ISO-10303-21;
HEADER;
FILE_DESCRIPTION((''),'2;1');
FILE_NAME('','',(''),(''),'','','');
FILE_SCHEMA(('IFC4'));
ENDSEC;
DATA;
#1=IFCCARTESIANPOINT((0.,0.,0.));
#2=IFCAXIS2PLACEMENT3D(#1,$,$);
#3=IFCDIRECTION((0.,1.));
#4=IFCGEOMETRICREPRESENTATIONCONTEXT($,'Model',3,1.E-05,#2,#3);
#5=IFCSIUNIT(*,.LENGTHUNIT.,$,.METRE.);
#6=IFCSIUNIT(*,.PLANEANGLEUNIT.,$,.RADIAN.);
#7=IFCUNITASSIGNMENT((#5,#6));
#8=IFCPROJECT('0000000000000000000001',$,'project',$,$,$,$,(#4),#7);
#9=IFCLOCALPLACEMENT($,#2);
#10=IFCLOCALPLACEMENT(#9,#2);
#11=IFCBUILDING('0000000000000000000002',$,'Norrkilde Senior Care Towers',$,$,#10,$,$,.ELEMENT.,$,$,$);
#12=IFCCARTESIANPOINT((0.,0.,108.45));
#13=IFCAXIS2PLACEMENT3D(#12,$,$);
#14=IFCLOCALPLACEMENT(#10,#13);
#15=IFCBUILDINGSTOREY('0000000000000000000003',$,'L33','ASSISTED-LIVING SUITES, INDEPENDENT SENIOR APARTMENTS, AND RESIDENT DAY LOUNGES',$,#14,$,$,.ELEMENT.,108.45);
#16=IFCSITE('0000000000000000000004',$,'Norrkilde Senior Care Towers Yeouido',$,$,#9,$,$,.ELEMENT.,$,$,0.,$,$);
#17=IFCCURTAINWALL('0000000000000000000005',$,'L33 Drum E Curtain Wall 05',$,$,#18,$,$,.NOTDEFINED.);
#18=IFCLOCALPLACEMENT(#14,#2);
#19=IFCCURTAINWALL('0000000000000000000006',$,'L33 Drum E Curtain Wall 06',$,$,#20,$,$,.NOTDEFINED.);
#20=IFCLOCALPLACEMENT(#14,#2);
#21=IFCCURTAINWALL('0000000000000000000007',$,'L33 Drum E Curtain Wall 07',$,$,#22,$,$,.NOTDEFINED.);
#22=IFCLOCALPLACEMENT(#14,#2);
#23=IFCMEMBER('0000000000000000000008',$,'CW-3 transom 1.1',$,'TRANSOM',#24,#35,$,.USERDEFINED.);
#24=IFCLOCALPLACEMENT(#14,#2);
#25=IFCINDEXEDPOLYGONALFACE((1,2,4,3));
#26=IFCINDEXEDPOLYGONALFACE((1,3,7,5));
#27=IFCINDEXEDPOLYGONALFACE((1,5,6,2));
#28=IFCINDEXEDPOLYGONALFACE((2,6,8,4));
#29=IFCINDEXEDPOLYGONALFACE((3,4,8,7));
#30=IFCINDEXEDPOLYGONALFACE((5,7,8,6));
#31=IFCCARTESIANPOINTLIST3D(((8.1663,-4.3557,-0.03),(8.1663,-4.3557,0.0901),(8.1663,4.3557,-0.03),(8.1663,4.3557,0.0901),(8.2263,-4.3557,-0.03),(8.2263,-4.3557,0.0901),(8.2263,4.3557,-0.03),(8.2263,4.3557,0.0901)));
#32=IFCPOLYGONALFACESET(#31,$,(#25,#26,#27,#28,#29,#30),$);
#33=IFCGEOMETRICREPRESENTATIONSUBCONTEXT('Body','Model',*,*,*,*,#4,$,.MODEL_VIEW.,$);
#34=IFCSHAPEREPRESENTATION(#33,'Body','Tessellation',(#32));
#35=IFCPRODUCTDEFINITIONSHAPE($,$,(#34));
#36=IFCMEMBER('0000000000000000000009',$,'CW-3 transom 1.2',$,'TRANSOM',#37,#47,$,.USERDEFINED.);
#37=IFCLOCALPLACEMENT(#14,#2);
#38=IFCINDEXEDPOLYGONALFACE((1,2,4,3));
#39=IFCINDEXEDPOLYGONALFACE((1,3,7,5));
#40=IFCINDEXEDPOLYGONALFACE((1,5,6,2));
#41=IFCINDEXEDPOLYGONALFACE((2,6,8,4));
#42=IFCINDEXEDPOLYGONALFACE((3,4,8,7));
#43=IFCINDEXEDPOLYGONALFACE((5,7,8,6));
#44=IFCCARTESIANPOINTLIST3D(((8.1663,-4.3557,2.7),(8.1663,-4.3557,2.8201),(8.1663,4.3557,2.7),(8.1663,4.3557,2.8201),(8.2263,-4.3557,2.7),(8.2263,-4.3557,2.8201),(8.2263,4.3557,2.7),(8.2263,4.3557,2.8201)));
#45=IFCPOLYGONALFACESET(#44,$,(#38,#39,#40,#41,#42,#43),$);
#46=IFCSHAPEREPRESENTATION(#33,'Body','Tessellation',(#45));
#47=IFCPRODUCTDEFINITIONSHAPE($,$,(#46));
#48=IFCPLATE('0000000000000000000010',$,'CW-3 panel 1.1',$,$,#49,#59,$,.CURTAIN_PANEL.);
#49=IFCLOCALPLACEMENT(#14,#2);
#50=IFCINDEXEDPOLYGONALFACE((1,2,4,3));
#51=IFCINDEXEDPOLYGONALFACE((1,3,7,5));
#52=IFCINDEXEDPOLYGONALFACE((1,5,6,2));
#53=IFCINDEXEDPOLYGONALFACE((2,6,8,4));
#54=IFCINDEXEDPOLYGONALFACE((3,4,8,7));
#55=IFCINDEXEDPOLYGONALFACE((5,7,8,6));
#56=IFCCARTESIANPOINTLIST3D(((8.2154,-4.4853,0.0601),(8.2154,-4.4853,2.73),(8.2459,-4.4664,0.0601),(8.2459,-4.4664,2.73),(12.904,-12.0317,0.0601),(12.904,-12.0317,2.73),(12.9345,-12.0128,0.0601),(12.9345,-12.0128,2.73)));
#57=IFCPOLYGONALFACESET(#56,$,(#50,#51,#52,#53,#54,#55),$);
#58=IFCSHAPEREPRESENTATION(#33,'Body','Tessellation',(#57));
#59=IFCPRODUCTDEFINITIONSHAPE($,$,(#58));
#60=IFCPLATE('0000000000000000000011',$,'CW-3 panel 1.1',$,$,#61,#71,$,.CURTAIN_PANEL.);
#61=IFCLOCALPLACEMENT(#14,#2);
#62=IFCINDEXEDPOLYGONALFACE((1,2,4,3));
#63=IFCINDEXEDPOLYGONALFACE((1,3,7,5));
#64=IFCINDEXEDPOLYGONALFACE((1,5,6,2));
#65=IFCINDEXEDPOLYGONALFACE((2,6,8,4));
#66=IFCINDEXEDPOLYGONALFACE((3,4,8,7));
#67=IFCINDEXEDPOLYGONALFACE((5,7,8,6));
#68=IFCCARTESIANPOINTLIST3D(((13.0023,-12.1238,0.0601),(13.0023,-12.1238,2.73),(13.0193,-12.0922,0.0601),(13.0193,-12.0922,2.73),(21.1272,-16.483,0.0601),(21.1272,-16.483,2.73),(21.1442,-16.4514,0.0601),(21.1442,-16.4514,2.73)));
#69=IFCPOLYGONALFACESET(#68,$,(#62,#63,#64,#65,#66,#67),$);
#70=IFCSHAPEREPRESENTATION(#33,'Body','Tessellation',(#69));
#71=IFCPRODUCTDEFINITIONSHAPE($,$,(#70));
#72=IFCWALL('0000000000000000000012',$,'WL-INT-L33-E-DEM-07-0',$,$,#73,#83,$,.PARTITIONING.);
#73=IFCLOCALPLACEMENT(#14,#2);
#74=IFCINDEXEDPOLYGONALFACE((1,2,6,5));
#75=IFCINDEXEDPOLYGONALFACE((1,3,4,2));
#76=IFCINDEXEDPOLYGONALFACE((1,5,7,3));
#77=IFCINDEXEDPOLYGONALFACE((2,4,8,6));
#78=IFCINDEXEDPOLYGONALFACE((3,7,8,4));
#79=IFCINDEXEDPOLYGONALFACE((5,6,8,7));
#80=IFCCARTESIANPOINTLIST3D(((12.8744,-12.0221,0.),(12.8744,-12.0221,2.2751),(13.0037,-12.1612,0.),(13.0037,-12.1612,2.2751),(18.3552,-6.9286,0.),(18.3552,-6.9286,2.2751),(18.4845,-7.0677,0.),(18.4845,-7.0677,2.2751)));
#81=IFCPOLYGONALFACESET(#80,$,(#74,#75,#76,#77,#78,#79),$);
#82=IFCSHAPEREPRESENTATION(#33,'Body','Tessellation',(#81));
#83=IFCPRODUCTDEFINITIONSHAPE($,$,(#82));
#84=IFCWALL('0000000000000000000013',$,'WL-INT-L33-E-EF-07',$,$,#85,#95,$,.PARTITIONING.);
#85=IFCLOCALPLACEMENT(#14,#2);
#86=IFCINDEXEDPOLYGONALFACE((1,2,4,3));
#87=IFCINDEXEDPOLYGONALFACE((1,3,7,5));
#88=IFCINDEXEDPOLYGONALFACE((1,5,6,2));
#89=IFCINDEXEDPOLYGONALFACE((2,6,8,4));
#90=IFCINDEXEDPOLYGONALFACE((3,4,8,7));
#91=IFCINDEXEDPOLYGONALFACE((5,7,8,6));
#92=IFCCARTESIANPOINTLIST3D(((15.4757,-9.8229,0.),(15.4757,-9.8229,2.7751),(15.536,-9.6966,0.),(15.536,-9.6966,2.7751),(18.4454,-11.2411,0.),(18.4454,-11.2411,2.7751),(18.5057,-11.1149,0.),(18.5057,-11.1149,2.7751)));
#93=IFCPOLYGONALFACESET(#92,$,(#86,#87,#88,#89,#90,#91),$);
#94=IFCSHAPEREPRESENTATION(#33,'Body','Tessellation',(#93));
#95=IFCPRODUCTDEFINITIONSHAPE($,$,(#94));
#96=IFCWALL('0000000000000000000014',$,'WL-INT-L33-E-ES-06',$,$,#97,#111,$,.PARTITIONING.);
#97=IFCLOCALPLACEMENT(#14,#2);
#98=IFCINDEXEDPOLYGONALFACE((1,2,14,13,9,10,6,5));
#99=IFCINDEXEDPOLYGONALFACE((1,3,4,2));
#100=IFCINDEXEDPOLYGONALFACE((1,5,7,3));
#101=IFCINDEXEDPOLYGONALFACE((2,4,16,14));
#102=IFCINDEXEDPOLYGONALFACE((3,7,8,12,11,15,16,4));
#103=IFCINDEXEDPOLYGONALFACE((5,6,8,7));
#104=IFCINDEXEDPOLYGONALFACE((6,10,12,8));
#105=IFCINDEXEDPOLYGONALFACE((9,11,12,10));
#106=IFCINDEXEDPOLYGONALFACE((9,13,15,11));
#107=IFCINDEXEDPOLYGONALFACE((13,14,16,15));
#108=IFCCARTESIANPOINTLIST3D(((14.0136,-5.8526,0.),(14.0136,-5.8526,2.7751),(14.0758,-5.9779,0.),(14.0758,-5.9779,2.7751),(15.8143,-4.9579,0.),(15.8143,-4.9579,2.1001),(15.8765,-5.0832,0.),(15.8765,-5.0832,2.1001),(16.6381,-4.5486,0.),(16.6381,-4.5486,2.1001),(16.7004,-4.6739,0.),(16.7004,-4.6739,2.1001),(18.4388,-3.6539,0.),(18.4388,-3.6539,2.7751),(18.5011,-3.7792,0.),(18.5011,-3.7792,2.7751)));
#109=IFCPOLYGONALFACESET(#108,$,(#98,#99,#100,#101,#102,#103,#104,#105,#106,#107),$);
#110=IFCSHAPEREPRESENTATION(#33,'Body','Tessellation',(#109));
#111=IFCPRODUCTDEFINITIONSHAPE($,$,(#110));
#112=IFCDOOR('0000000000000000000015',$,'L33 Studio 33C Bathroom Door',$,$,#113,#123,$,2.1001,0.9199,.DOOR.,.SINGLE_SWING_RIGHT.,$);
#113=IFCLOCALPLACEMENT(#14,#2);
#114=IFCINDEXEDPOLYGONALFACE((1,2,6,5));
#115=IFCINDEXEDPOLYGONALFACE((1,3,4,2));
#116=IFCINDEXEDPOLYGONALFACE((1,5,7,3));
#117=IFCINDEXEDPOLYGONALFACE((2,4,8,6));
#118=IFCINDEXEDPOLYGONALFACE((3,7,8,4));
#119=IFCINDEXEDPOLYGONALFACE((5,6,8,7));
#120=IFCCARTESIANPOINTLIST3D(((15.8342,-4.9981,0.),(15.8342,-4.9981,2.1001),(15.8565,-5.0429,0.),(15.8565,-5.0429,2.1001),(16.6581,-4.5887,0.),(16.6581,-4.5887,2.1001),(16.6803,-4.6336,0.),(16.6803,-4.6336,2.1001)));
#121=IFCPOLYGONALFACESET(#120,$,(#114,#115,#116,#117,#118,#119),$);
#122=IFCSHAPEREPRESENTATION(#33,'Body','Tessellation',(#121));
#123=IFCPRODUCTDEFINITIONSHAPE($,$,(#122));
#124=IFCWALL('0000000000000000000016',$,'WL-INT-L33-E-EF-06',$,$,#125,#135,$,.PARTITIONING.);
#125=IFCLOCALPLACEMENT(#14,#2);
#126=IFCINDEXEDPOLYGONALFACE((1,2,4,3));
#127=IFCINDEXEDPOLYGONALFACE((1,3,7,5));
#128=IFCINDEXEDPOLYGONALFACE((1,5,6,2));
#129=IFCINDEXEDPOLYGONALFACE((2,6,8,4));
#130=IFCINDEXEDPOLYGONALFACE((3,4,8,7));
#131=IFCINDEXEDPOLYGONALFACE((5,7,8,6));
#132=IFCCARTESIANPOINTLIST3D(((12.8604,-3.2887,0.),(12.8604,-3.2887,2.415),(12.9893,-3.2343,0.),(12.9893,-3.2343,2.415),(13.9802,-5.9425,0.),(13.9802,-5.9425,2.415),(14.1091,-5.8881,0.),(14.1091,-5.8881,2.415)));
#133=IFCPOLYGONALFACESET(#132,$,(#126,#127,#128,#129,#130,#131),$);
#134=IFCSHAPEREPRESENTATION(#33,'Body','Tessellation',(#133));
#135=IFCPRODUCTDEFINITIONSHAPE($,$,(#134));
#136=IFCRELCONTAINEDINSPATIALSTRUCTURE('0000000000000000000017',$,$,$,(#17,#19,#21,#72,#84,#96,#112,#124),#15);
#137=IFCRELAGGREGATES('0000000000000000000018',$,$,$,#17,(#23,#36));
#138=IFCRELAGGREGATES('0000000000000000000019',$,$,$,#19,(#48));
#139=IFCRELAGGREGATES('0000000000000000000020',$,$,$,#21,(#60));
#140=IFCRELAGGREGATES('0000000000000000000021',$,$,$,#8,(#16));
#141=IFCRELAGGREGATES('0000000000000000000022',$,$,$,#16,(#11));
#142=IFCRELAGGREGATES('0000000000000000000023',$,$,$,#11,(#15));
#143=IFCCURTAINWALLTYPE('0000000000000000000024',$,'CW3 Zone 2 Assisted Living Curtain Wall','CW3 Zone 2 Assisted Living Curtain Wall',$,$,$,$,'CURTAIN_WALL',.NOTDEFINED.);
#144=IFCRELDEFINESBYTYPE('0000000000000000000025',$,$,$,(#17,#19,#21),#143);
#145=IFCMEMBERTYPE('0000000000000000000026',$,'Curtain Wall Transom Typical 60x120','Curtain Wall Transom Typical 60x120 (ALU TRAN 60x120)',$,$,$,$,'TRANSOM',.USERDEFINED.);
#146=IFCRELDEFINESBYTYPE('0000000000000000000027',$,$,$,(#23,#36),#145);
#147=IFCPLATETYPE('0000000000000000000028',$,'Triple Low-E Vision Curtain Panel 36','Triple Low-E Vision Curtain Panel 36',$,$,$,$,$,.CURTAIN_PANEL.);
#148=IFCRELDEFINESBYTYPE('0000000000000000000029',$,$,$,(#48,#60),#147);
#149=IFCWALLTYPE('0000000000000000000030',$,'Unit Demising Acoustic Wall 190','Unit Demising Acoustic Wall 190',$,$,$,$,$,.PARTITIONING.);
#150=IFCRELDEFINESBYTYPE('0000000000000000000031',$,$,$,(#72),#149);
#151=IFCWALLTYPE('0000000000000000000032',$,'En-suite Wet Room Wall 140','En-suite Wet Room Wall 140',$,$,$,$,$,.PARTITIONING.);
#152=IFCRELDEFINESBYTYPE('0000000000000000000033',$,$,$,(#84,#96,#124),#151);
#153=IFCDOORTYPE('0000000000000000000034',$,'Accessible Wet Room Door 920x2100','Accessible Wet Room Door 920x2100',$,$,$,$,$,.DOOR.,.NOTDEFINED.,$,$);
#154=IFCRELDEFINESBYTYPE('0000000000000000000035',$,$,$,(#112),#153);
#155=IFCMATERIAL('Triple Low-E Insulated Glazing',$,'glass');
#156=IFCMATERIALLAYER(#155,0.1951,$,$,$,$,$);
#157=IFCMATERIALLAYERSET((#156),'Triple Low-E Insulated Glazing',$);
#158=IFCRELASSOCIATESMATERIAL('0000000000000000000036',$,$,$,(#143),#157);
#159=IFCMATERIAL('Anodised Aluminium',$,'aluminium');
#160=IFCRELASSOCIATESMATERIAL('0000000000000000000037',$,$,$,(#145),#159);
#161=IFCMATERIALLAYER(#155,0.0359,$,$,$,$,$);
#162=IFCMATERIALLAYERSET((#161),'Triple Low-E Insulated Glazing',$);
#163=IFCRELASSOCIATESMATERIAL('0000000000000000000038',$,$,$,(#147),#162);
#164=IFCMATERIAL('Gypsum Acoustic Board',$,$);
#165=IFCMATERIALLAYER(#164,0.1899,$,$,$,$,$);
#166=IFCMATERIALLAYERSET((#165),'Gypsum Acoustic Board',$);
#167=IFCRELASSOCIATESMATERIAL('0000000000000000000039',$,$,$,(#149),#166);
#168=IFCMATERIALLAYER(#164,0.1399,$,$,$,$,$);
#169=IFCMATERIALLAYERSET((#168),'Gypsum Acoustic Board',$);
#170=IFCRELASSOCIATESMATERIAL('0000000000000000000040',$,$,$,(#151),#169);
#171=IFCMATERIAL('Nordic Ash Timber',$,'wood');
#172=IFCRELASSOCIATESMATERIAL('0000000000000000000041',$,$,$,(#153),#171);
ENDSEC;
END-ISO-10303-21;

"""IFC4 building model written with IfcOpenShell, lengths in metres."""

from ifc_helpers import new_model, si_unit, direction, frame, frame_2d, origin, origin_2d, place, context, subcontext, project, spatial, rectangle, extrude, source, transform, mapped, material, layer, layer_set, material_profile, profile_set, type_object, type_shapes, element, fill, aggregate, save


model = new_model("IFC4")

# Units and contexts
model_context = context("Model", 3, precision=1e-05, world=origin(), true_north=direction((0.0, 1.0)))
body_context = subcontext(model_context, "Body", "Model", "MODEL_VIEW")
ifc_project = project(units=[si_unit("LENGTHUNIT", "METRE"), si_unit("PLANEANGLEUNIT", "RADIAN")], contexts=[model_context])

# Site, building, storey
site_placement = place(None, origin())
site = spatial("IfcSite", under=ifc_project, at=site_placement, Name="Norrkilde Senior Care Towers Yeouido", CompositionType="ELEMENT", RefElevation=0.0)
building_placement = place(site_placement, origin())
building = spatial("IfcBuilding", under=site, at=building_placement, Name="Norrkilde Senior Care Towers", CompositionType="ELEMENT")
storey_placement = place(building_placement, frame((0.0, 0.0, 108.45)))
storey = spatial("IfcBuildingStorey", under=building, at=storey_placement, Name="L33", Description="ASSISTED-LIVING SUITES, INDEPENDENT SENIOR APARTMENTS, AND RESIDENT DAY LOUNGES", CompositionType="ELEMENT", Elevation=108.45)

# Curtain wall
ifc_material_1 = material(Name="Triple Low-E Insulated Glazing", Category="glass")
ifc_layer_1 = layer(ifc_material_1, 0.1951)
ifc_layer_set_1 = layer_set([ifc_layer_1], Name="Triple Low-E Insulated Glazing")
curtain_wall_type = type_object("IfcCurtainWallType", Name="CW3 Zone 2 Assisted Living Curtain Wall", Description="CW3 Zone 2 Assisted Living Curtain Wall", ElementType="CURTAIN_WALL", PredefinedType="NOTDEFINED", material=ifc_layer_set_1)
curtain_wall_1_placement = place(storey_placement, origin())
curtain_wall_1 = element("IfcCurtainWall", 1, at=curtain_wall_1_placement, inside=storey, type_object=curtain_wall_type, Name="L33 Drum E Curtain Wall 05", PredefinedType="NOTDEFINED")
ifc_material_2 = material(Name="Anodised Aluminium", Category="aluminium")

# Curtain wall
curtain_wall_2_placement = place(storey_placement, origin())
curtain_wall_2 = element("IfcCurtainWall", 2, at=curtain_wall_2_placement, inside=storey, type_object=curtain_wall_type, Name="L33 Drum E Curtain Wall 06", PredefinedType="NOTDEFINED")

# Curtain wall
curtain_wall_3_placement = place(storey_placement, origin())
curtain_wall_3 = element("IfcCurtainWall", 3, at=curtain_wall_3_placement, inside=storey, type_object=curtain_wall_type, Name="L33 Drum E Curtain Wall 07", PredefinedType="NOTDEFINED")

# Members
ifc_material_profile_1 = material_profile(ifc_material_2, rectangle(XDim=0.0601, YDim=0.1201, at=origin_2d()), Name="ALU TRAN 60x120")
ifc_profile_set_1 = profile_set([ifc_material_profile_1], Name="Anodised Aluminium")
member_type_1 = type_object("IfcMemberType", Name="Curtain Wall Transom Typical 60x120", Description="Curtain Wall Transom Typical 60x120 (ALU TRAN 60x120)", ElementType="TRANSOM", PredefinedType="USERDEFINED", material=ifc_profile_set_1)
shared_shape_1 = source(origin(), body_context, "Body", "SweptSolid", [
    extrude(rectangle(XDim=0.0601, YDim=0.1201, at=origin_2d()), origin(), (0.0, 0.0, 1.0), 8.7114),
])
member_1_placement = place(storey_placement, frame((8.1963, -4.3557, 0.03), z_axis=(0.0, 1.0, 0.0), x_axis=(-1.0, 0.0, 0.0)))
member_1 = element("IfcMember", 4, at=member_1_placement, type_object=member_type_1, Name="CW-3 transom 1.1", ObjectType="TRANSOM", PredefinedType="USERDEFINED", context=body_context, shape_type="MappedRepresentation", body=[
    mapped(shared_shape_1, transform((0.0, 0.0, 0.0), x_axis=(1.0, 0.0, 0.0), y_axis=(0.0, 1.0, 0.0), z_axis=(0.0, 0.0, 1.0), scale=1.0)),
])
member_2_placement = place(storey_placement, frame((8.1963, -4.3557, 2.76), z_axis=(0.0, 1.0, 0.0), x_axis=(-1.0, 0.0, 0.0)))
member_2 = element("IfcMember", 5, at=member_2_placement, type_object=member_type_1, Name="CW-3 transom 1.2", ObjectType="TRANSOM", PredefinedType="USERDEFINED", context=body_context, shape_type="MappedRepresentation", body=[
    mapped(shared_shape_1, transform((0.0, 0.0, 0.0), x_axis=(1.0, 0.0, 0.0), y_axis=(0.0, 1.0, 0.0), z_axis=(0.0, 0.0, 1.0), scale=1.0)),
])
aggregate(curtain_wall_1, [member_1, member_2])

# Plates
ifc_layer_2 = layer(ifc_material_1, 0.0359)
ifc_layer_set_2 = layer_set([ifc_layer_2], Name="Triple Low-E Insulated Glazing")
plate_type = type_object("IfcPlateType", Name="Triple Low-E Vision Curtain Panel 36", Description="Triple Low-E Vision Curtain Panel 36", PredefinedType="CURTAIN_PANEL", material=ifc_layer_set_2)
shared_shape_2 = source(origin(), body_context, "Body", "SweptSolid", [
    extrude(rectangle(XDim=8.8843, YDim=0.0359, at=origin_2d()), origin(), (0.0, 0.0, 1.0), 2.6699),
])
plate_1_placement = place(storey_placement, frame((10.575, -8.249, 0.0601), z_axis=(0.0, 0.0, 1.0), x_axis=(-0.527733, 0.84941, 0.0)))
plate_1 = element("IfcPlate", 6, at=plate_1_placement, type_object=plate_type, Name="CW-3 panel 1.1", PredefinedType="CURTAIN_PANEL", context=body_context, shape_type="MappedRepresentation", body=[
    mapped(shared_shape_2, transform((0.0, 0.0, 0.0), x_axis=(1.0, 0.0, 0.0), y_axis=(0.0, 1.0, 0.0), z_axis=(0.0, 0.0, 1.0), scale=1.0)),
])
aggregate(curtain_wall_2, [plate_1])
shared_shape_3 = source(origin(), body_context, "Body", "SweptSolid", [
    extrude(rectangle(XDim=9.2205, YDim=0.0359, at=origin_2d()), origin(), (0.0, 0.0, 1.0), 2.6699),
])
type_shapes(plate_type, [shared_shape_2, shared_shape_3])
plate_2_placement = place(storey_placement, frame((17.0732, -14.2876, 0.0601), z_axis=(0.0, 0.0, 1.0), x_axis=(-0.881186, 0.472769, 0.0)))
plate_2 = element("IfcPlate", 7, at=plate_2_placement, type_object=plate_type, Name="CW-3 panel 1.1", PredefinedType="CURTAIN_PANEL", context=body_context, shape_type="MappedRepresentation", body=[
    mapped(shared_shape_3, transform((0.0, 0.0, 0.0), x_axis=(1.0, 0.0, 0.0), y_axis=(0.0, 1.0, 0.0), z_axis=(0.0, 0.0, 1.0), scale=1.0)),
])
aggregate(curtain_wall_3, [plate_2])

# Shared definitions
ifc_material_3 = material(Name="Gypsum Acoustic Board")
ifc_material_4 = material(Name="Nordic Ash Timber", Category="wood")

# Walls
ifc_layer_3 = layer(ifc_material_3, 0.1899)
ifc_layer_set_3 = layer_set([ifc_layer_3], Name="Gypsum Acoustic Board")
wall_type_1 = type_object("IfcWallType", Name="Unit Demising Acoustic Wall 190", Description="Unit Demising Acoustic Wall 190", PredefinedType="PARTITIONING", material=ifc_layer_set_3)
shared_shape_4 = source(origin(), body_context, "Body", "SweptSolid", [
    extrude(rectangle(XDim=7.4822, YDim=0.1899, at=frame_2d((3.7412, 0.0))), origin(), (0.0, 0.0, 1.0), 2.2751),
])
type_shapes(wall_type_1, [shared_shape_4])
wall_1_placement = place(storey_placement, frame((18.4199, -6.998, 0.0), z_axis=(0.0, 0.0, 1.0), x_axis=(-0.732509, -0.680758, 0.0)))
element("IfcWall", 8, at=wall_1_placement, inside=storey, type_object=wall_type_1, Name="WL-INT-L33-E-DEM-07-0", PredefinedType="PARTITIONING", context=body_context, shape_type="MappedRepresentation", body=[
    mapped(shared_shape_4, transform((0.0, 0.0, 0.0), x_axis=(1.0, 0.0, 0.0), y_axis=(0.0, 1.0, 0.0), z_axis=(0.0, 0.0, 1.0), scale=1.0)),
])
ifc_layer_4 = layer(ifc_material_3, 0.1399)
ifc_layer_set_4 = layer_set([ifc_layer_4], Name="Gypsum Acoustic Board")
wall_type_2 = type_object("IfcWallType", Name="En-suite Wet Room Wall 140", Description="En-suite Wet Room Wall 140", PredefinedType="PARTITIONING", material=ifc_layer_set_4)
shared_shape_5 = source(origin(), body_context, "Body", "SweptSolid", [
    extrude(rectangle(XDim=3.291, YDim=0.1399, at=frame_2d((1.6455, 0.0))), origin(), (0.0, 0.0, 1.0), 2.7751),
])
wall_2_placement = place(storey_placement, frame((18.4756, -11.178, 0.0), z_axis=(0.0, 0.0, 1.0), x_axis=(-0.902381, 0.430938, 0.0)))
element("IfcWall", 9, at=wall_2_placement, inside=storey, type_object=wall_type_2, Name="WL-INT-L33-E-EF-07", PredefinedType="PARTITIONING", context=body_context, shape_type="MappedRepresentation", body=[
    mapped(shared_shape_5, transform((0.0, 0.0, 0.0), x_axis=(1.0, 0.0, 0.0), y_axis=(0.0, 1.0, 0.0), z_axis=(0.0, 0.0, 1.0), scale=1.0)),
])

# Wall, opening, door
shared_shape_6 = source(origin(), body_context, "Body", "SweptSolid", [
    extrude(rectangle(XDim=4.9414, YDim=0.1399, at=frame_2d((2.4707, 0.0))), origin(), (0.0, 0.0, 1.0), 2.7751),
])
wall_3_placement = place(storey_placement, frame((18.47, -3.7166, 0.0), z_axis=(0.0, 0.0, 1.0), x_axis=(-0.895551, -0.444959, 0.0)))
wall_3 = element("IfcWall", 10, at=wall_3_placement, inside=storey, type_object=wall_type_2, Name="WL-INT-L33-E-ES-06", PredefinedType="PARTITIONING", context=body_context, shape_type="MappedRepresentation", body=[
    mapped(shared_shape_6, transform((0.0, 0.0, 0.0), x_axis=(1.0, 0.0, 0.0), y_axis=(0.0, 1.0, 0.0), z_axis=(0.0, 0.0, 1.0), scale=1.0)),
])
opening_1_placement = place(wall_3_placement, frame((2.0107, 0.0, 0.0)))
opening_1 = element("IfcOpeningElement", 11, at=opening_1_placement, cuts=wall_3, PredefinedType="OPENING", context=body_context, shape_type="SweptSolid", body=[
    extrude(rectangle(XDim=0.9199, YDim=2.1001, at=frame_2d((0.46, 1.05))), frame((0.0, 0.0798, 0.0), z_axis=(0.0, -1.0, 0.0), x_axis=(1.0, 0.0, 0.0)), (0.0, 0.0, 1.0), 0.1599),
])
door_type_1 = type_object("IfcDoorType", Name="Accessible Wet Room Door 920x2100", Description="Accessible Wet Room Door 920x2100", OperationType="NOTDEFINED", PredefinedType="DOOR", material=ifc_material_4)
shared_shape_7 = source(origin(), body_context, "Body", "SweptSolid", [
    extrude(rectangle(XDim=0.9199, YDim=2.1001, at=frame_2d((0.46, 1.05))), frame((0.0, 0.0249, 0.0), z_axis=(0.0, -1.0, 0.0), x_axis=(1.0, 0.0, 0.0)), (0.0, 0.0, 1.0), 0.05),
])
type_shapes(door_type_1, [shared_shape_7])
door_1_placement = place(opening_1_placement, origin())
door_1 = element("IfcDoor", 12, at=door_1_placement, inside=storey, type_object=door_type_1, Name="L33 Studio 33C Bathroom Door", OperationType="SINGLE_SWING_RIGHT", OverallHeight=2.1001, OverallWidth=0.9199, PredefinedType="DOOR", context=body_context, shape_type="MappedRepresentation", body=[
    mapped(shared_shape_7, transform((0.0, 0.0, 0.0), x_axis=(1.0, 0.0, 0.0), y_axis=(0.0, 1.0, 0.0), z_axis=(0.0, 0.0, 1.0), scale=1.0)),
])
fill(opening_1, door_1)

# Wall
shared_shape_8 = source(origin(), body_context, "Body", "SweptSolid", [
    extrude(rectangle(XDim=2.8804, YDim=0.1399, at=frame_2d((1.4402, 0.0))), origin(), (0.0, 0.0, 1.0), 2.415),
])
type_shapes(wall_type_2, [shared_shape_5, shared_shape_6, shared_shape_8])
wall_4_placement = place(storey_placement, frame((14.0447, -5.9153, 0.0), z_axis=(0.0, 0.0, 1.0), x_axis=(-0.388788, 0.921327, 0.0)))
element("IfcWall", 13, at=wall_4_placement, inside=storey, type_object=wall_type_2, Name="WL-INT-L33-E-EF-06", PredefinedType="PARTITIONING", context=body_context, shape_type="MappedRepresentation", body=[
    mapped(shared_shape_8, transform((0.0, 0.0, 0.0), x_axis=(1.0, 0.0, 0.0), y_axis=(0.0, 1.0, 0.0), z_axis=(0.0, 0.0, 1.0), scale=1.0)),
])

save(model, "model.ifc")
